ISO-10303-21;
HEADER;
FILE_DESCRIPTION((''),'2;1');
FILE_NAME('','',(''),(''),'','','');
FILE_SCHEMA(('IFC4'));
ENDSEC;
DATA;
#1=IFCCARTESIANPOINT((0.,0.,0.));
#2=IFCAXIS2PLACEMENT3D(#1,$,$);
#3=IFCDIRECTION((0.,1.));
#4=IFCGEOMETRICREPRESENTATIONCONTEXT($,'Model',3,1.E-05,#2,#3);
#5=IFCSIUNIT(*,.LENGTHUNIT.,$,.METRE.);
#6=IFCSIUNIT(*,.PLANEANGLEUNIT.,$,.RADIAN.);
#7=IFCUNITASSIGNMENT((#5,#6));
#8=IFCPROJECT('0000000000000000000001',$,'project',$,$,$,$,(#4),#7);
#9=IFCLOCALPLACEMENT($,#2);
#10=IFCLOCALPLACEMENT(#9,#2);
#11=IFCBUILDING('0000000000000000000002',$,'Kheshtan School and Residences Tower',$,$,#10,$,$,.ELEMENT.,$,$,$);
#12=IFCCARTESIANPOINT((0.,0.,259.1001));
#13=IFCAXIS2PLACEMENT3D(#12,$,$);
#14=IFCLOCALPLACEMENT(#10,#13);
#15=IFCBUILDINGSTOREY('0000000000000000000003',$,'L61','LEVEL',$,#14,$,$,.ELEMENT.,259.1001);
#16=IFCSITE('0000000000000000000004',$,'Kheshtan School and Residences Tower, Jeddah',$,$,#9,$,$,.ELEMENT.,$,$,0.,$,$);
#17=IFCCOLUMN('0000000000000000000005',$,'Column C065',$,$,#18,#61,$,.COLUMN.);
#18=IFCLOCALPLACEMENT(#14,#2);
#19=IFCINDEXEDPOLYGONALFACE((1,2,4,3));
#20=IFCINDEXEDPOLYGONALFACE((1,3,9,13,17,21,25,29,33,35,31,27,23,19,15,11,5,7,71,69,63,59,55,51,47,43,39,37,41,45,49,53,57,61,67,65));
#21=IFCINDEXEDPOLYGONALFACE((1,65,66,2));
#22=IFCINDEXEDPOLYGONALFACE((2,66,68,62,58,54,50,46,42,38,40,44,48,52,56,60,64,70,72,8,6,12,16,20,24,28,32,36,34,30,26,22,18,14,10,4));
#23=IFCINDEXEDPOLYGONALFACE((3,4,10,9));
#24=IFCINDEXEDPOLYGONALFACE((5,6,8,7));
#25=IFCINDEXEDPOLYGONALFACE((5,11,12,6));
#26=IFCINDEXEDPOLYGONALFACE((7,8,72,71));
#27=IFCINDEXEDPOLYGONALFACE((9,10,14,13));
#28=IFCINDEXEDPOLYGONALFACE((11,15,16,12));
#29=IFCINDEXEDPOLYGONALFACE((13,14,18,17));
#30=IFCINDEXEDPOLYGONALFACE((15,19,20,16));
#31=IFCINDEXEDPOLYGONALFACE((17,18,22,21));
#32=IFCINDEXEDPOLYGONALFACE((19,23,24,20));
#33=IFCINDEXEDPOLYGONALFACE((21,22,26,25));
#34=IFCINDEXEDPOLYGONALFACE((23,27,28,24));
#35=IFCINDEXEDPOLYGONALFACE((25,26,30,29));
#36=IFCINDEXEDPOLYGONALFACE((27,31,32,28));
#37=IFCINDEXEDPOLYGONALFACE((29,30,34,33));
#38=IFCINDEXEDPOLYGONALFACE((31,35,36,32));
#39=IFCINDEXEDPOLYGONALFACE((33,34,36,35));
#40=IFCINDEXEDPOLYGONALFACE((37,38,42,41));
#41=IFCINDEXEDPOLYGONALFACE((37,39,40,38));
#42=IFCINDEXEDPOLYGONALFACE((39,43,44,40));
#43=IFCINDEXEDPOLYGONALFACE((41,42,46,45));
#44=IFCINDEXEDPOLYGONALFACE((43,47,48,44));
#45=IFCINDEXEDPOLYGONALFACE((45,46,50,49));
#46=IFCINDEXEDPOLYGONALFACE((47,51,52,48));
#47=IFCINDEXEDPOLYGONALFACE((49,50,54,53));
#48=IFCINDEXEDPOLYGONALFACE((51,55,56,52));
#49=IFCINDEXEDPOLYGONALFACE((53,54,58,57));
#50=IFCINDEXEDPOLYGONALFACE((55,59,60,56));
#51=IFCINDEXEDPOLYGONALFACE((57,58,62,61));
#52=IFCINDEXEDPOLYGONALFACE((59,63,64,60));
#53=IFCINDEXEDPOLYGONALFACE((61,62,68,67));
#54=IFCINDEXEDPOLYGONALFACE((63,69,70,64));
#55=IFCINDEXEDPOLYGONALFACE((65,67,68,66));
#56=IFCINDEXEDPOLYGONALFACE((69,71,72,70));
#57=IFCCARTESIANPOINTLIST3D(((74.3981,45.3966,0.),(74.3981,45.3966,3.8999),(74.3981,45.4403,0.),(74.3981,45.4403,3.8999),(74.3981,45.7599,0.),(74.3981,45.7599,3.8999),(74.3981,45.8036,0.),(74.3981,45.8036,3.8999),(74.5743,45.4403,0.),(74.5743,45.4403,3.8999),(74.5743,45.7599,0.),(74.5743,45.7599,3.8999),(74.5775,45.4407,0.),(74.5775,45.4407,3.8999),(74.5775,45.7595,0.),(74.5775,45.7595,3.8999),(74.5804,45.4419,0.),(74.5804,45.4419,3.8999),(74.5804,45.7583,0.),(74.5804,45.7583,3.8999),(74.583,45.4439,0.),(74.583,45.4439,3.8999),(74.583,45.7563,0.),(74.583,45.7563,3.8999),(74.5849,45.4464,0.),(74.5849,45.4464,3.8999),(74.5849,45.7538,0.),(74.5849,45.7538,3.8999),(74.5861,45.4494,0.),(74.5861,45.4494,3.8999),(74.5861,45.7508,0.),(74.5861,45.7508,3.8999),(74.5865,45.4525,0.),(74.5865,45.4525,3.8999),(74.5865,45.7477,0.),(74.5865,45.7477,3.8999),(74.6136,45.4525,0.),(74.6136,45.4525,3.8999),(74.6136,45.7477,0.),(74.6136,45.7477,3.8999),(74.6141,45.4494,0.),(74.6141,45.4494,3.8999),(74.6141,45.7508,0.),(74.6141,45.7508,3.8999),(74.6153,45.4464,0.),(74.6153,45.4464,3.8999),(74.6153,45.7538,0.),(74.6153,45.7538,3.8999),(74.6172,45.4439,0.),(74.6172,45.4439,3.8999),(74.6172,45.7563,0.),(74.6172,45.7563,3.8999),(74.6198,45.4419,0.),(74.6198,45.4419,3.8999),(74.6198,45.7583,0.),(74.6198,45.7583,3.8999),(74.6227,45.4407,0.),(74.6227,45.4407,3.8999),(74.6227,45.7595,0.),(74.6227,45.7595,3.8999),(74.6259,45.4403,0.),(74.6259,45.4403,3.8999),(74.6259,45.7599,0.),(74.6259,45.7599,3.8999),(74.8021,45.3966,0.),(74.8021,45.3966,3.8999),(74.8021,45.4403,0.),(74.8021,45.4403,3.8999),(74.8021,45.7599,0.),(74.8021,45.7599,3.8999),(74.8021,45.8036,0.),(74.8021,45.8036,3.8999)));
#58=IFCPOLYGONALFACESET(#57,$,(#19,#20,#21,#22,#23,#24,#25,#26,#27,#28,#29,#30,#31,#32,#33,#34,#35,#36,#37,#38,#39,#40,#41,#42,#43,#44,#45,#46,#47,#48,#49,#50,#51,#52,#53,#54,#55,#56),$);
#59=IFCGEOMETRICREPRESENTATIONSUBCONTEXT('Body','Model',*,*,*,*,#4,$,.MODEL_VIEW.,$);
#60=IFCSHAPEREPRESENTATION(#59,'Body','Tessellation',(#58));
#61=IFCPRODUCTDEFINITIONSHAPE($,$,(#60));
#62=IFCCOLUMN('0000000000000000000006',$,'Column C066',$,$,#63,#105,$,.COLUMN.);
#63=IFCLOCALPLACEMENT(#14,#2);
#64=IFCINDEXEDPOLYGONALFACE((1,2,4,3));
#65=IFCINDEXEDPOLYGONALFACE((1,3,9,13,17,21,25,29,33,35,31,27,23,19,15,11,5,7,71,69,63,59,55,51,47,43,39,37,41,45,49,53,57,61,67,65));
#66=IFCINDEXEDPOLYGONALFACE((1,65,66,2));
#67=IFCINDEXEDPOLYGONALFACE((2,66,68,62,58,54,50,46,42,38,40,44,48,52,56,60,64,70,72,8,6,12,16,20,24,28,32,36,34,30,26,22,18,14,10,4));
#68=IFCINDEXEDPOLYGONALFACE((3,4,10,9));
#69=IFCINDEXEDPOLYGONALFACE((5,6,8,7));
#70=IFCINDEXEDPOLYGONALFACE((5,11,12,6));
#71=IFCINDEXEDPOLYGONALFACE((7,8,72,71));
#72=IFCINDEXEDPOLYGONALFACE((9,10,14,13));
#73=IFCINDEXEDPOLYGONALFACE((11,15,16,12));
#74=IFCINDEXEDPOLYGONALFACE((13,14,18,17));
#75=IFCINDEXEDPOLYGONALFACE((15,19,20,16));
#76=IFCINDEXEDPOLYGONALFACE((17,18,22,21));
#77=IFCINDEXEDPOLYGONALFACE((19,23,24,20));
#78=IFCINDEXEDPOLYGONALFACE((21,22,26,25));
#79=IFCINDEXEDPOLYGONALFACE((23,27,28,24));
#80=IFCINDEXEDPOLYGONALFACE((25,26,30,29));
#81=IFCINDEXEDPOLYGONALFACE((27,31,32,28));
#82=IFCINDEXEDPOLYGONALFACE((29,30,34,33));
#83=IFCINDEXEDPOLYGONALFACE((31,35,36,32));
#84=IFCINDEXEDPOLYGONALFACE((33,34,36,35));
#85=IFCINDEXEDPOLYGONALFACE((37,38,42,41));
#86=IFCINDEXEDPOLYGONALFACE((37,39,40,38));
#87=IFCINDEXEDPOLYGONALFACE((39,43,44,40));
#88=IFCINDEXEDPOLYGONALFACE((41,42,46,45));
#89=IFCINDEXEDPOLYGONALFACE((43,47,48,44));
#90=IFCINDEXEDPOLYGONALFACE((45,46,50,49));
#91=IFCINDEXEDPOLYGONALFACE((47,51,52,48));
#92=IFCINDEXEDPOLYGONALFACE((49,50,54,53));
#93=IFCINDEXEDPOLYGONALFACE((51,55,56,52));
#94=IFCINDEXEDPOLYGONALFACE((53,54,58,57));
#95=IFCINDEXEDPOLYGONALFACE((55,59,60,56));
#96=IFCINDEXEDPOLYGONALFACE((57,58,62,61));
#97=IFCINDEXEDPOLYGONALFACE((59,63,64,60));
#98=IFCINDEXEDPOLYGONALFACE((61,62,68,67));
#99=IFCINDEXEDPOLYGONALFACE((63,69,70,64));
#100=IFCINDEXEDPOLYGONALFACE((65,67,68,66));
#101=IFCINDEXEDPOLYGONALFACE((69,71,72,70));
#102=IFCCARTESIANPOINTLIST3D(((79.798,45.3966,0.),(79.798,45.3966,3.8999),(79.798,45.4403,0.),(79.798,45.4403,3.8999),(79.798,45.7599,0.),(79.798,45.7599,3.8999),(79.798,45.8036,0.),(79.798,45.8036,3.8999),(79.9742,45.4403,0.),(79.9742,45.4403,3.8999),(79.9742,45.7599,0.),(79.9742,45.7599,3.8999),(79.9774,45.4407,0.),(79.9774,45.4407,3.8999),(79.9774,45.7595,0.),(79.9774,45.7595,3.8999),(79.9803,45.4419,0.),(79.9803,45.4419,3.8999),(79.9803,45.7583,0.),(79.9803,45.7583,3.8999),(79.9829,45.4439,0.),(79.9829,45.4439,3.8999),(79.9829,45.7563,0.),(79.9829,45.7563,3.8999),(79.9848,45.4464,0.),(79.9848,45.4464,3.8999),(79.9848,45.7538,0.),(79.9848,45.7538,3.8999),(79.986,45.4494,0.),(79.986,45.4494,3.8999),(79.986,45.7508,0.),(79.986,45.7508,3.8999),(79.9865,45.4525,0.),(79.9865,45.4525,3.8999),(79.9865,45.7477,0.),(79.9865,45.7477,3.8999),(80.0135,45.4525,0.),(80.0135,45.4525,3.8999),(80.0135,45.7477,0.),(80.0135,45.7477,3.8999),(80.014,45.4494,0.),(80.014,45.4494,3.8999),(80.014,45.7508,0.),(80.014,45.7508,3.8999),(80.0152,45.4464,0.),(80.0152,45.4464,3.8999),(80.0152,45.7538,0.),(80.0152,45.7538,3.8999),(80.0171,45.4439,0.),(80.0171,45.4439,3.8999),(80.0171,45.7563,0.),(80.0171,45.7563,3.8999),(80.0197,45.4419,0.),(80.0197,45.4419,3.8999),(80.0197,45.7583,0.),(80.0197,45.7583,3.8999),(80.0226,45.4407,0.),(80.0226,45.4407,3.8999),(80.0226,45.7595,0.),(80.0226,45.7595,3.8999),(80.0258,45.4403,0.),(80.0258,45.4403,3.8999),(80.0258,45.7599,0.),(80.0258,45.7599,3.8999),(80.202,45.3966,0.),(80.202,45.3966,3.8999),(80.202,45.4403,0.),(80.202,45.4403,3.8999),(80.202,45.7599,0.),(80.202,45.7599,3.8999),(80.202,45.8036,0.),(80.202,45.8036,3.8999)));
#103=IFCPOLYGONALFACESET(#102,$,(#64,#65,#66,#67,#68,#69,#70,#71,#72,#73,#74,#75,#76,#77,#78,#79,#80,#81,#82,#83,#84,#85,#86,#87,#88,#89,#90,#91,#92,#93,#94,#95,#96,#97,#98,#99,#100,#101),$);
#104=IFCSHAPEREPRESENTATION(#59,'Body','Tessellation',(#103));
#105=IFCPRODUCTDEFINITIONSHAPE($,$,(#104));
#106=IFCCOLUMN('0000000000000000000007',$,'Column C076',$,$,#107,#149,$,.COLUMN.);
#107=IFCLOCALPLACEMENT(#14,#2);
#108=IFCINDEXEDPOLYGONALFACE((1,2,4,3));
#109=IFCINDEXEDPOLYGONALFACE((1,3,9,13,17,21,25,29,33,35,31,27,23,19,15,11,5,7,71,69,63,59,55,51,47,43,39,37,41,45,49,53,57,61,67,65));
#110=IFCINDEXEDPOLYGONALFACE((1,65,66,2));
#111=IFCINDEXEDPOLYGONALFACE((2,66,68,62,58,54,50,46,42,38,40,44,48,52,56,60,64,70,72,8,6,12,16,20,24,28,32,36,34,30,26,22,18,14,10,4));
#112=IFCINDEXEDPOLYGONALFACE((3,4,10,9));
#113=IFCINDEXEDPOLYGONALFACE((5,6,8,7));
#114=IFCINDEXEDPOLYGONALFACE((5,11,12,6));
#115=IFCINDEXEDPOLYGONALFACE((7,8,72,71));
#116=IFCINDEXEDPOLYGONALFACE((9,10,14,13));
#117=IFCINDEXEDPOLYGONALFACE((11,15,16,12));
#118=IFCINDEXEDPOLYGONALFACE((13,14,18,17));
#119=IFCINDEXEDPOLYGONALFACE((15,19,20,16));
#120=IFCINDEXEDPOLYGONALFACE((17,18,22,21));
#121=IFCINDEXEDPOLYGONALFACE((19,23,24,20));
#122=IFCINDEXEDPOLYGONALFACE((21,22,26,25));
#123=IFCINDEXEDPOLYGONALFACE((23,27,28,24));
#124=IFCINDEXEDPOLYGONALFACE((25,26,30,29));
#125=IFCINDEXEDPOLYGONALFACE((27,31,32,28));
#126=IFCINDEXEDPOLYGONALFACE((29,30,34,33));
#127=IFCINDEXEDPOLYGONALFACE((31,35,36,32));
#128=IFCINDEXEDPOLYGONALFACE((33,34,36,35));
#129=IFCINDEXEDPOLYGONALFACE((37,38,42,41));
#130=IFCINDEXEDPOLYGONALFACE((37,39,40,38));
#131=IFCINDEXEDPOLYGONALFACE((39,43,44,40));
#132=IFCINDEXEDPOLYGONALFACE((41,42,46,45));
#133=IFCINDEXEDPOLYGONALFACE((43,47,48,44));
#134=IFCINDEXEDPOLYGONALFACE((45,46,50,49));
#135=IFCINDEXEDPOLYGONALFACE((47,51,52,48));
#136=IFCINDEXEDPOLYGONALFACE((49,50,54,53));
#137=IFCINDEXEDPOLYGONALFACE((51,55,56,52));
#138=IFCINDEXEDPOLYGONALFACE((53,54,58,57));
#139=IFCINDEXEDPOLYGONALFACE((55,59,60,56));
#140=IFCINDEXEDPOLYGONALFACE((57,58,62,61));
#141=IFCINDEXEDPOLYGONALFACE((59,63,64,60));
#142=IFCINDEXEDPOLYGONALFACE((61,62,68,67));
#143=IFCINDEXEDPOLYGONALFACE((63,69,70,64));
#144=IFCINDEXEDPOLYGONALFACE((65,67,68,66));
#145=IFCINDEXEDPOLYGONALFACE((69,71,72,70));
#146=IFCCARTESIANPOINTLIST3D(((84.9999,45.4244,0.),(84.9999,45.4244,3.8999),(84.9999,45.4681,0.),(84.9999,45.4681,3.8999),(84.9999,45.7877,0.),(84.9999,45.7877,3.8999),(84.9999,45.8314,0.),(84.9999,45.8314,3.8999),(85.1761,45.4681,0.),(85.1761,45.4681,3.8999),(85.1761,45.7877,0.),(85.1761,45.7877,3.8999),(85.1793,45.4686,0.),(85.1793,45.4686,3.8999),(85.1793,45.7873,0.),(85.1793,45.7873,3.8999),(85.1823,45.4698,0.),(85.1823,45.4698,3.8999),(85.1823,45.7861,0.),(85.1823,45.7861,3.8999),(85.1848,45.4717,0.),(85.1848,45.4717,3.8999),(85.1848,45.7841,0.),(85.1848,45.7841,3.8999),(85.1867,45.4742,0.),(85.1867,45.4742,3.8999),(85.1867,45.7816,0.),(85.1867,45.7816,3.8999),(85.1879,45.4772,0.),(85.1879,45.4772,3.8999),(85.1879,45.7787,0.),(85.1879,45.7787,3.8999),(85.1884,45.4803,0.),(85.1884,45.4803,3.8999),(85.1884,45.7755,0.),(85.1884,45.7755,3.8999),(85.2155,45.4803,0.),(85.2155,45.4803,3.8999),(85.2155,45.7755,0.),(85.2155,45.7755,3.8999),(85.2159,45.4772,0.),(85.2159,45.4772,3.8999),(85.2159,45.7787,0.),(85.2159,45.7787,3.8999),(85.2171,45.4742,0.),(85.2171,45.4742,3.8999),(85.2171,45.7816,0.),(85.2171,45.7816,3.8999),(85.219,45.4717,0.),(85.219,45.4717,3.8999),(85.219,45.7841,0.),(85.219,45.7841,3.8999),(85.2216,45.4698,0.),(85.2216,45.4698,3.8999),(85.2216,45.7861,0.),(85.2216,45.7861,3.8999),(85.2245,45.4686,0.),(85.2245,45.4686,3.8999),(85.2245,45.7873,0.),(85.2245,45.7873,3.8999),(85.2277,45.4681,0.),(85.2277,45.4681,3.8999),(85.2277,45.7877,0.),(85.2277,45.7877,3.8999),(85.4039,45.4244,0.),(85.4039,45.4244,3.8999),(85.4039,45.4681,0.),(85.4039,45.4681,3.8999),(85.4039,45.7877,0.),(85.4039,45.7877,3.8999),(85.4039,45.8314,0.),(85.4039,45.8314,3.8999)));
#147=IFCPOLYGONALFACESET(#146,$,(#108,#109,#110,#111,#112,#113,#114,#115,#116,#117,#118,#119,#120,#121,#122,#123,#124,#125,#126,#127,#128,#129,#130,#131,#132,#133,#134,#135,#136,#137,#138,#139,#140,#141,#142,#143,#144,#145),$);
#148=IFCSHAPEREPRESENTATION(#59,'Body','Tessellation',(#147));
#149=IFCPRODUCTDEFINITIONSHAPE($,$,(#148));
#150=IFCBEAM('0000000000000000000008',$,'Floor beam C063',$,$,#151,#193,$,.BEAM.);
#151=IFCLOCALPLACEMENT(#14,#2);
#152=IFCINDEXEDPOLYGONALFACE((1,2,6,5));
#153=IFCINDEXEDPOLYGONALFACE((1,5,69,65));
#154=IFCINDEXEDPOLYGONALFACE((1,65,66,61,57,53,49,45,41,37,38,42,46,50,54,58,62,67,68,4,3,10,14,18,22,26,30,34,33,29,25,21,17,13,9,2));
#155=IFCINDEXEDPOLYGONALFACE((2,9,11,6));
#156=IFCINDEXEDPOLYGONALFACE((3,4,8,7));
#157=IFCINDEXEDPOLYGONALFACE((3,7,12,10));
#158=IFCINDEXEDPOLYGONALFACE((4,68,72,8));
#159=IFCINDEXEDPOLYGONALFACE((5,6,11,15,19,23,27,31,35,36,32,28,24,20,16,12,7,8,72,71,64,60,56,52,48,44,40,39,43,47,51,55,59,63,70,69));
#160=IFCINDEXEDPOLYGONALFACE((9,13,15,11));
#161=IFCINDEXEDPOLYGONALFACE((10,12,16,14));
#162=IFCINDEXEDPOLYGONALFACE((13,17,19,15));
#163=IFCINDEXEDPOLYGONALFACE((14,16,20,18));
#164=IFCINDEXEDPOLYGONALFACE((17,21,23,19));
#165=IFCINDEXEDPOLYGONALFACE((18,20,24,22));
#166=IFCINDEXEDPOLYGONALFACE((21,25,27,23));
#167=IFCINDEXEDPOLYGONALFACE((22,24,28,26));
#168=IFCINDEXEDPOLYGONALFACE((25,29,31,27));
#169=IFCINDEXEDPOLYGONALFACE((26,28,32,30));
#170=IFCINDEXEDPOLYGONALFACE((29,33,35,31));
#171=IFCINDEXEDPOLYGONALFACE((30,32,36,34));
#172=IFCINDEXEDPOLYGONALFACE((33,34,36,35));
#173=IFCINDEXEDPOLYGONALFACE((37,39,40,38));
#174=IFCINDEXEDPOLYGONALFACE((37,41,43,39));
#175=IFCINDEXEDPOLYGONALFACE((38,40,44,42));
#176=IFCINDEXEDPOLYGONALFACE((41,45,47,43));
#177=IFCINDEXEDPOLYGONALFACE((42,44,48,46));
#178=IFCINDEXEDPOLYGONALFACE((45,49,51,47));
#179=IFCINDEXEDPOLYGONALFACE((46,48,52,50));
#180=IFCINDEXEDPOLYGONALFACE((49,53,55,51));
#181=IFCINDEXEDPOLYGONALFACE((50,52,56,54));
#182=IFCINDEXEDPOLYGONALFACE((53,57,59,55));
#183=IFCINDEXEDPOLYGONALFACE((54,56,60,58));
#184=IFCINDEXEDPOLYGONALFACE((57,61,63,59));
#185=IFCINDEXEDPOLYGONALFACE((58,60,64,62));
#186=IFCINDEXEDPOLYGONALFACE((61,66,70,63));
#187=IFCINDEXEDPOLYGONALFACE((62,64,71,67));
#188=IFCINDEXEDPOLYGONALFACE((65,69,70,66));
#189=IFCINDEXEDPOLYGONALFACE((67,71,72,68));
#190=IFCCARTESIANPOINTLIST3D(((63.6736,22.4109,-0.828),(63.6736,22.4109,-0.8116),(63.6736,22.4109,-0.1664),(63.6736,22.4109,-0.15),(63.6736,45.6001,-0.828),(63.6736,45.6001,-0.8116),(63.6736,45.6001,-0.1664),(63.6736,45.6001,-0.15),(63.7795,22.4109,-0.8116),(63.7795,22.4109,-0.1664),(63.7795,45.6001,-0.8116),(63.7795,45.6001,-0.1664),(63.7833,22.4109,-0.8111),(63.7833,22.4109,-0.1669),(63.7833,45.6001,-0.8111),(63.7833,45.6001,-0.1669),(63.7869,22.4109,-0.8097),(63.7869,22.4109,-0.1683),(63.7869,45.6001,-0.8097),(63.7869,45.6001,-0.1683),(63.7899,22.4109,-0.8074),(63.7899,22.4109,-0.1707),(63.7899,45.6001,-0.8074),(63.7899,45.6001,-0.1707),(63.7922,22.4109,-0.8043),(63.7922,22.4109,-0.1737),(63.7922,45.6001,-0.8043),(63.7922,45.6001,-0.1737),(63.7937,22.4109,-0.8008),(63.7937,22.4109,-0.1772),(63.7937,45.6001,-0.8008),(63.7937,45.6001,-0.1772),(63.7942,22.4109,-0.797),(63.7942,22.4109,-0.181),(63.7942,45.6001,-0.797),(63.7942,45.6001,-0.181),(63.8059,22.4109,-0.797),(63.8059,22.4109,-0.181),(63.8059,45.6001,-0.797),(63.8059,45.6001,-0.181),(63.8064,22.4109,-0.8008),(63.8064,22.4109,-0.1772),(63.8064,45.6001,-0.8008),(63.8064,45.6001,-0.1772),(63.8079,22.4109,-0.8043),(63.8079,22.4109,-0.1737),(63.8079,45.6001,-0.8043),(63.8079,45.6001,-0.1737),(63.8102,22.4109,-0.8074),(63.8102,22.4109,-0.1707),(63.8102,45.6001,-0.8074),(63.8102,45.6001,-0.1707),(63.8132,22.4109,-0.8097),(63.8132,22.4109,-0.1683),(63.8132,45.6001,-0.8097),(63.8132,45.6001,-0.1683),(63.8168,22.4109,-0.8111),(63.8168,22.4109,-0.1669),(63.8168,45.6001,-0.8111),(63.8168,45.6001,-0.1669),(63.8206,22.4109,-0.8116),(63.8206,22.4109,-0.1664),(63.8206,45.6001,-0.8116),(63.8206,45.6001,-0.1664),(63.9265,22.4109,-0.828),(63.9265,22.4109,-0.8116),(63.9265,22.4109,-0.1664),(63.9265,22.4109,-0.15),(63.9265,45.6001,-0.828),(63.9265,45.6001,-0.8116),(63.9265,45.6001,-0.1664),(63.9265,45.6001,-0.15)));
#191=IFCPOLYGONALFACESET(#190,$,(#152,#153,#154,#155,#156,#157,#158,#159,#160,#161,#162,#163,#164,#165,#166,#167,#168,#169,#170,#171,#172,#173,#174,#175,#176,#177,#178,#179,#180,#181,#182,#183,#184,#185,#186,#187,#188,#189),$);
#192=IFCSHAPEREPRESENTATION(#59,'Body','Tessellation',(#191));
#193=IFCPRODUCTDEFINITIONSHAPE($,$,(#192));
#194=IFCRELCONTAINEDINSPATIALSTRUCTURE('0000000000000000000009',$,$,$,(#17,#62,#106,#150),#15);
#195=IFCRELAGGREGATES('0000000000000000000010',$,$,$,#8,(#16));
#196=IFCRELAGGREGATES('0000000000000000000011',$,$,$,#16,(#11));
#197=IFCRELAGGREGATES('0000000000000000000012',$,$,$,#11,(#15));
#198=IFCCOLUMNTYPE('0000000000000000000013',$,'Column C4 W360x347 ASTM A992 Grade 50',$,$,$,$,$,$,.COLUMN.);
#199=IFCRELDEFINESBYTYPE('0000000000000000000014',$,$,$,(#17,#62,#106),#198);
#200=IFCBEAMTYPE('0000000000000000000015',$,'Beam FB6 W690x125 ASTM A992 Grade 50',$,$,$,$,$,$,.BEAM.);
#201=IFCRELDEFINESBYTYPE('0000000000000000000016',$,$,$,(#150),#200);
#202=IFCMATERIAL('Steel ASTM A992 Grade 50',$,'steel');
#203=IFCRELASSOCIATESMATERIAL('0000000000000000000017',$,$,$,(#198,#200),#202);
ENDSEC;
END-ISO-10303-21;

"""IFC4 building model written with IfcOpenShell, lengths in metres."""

from ifc_helpers import new_model, si_unit, direction, frame, origin, origin_2d, place, context, subcontext, project, spatial, i_section, extrude, material, material_profile, profile_set, type_object, element, save


model = new_model("IFC4")

# Units and contexts
model_context = context("Model", 3, precision=1e-05, world=origin(), true_north=direction((0.0, 1.0)))
body_context = subcontext(model_context, "Body", "Model", "MODEL_VIEW")
ifc_project = project(units=[si_unit("LENGTHUNIT", "METRE"), si_unit("PLANEANGLEUNIT", "RADIAN")], contexts=[model_context])

# Site, building, storey
site_placement = place(None, origin())
site = spatial("IfcSite", under=ifc_project, at=site_placement, Name="Kheshtan School and Residences Tower, Jeddah", CompositionType="ELEMENT", RefElevation=0.0)
building_placement = place(site_placement, origin())
building = spatial("IfcBuilding", under=site, at=building_placement, Name="Kheshtan School and Residences Tower", CompositionType="ELEMENT")
storey_placement = place(building_placement, frame((0.0, 0.0, 259.1001)))
storey = spatial("IfcBuildingStorey", under=building, at=storey_placement, Name="L61", Description="LEVEL", CompositionType="ELEMENT", Elevation=259.1001)

# Columns
ifc_material_1 = material(Name="Steel ASTM A992 Grade 50", Category="steel")
ifc_material_profile_1 = material_profile(ifc_material_1, i_section(OverallWidth=0.4041, OverallDepth=0.407, WebThickness=0.0271, FlangeThickness=0.0437, FilletRadius=0.0122, at=origin_2d()), Name="W360x347")
ifc_profile_set_1 = profile_set([ifc_material_profile_1], Name="Steel ASTM A992 Grade 50")
column_type = type_object("IfcColumnType", Name="Column C4 W360x347 ASTM A992 Grade 50", PredefinedType="COLUMN", material=ifc_profile_set_1)
for number, where, z_axis, x_axis, name in (
    (1, (74.6001, 45.6001, 0.0), (0.0, 0.0, 1.0), (1.0, 0.0, 0.0), "Column C065"),
    (2, (80.0, 45.6001, 0.0), (0.0, 0.0, 1.0), (1.0, 0.0, 0.0), "Column C066"),
    (3, (85.2019, 45.6279, 0.0), (0.0, 0.0, 1.0), (1.0, 0.0, 0.0), "Column C076"),
):
    element("IfcColumn", number, at=place(storey_placement, frame(where, z_axis=z_axis, x_axis=x_axis)), inside=storey, type_object=column_type, Name=name, PredefinedType="COLUMN", context=body_context, shape_type="SweptSolid", body=[
        extrude(i_section(OverallWidth=0.4041, OverallDepth=0.407, WebThickness=0.0271, FlangeThickness=0.0437, FilletRadius=0.0122, at=origin_2d()), origin(), (0.0, 0.0, 1.0), 3.8999),
    ])

# Beam
ifc_material_profile_2 = material_profile(ifc_material_1, i_section(OverallWidth=0.2529, OverallDepth=0.678, WebThickness=0.0117, FlangeThickness=0.0164, FilletRadius=0.0146, at=origin_2d()), Name="W690x125")
ifc_profile_set_2 = profile_set([ifc_material_profile_2], Name="Steel ASTM A992 Grade 50")
beam_type_1 = type_object("IfcBeamType", Name="Beam FB6 W690x125 ASTM A992 Grade 50", PredefinedType="BEAM", material=ifc_profile_set_2)
beam_1_placement = place(storey_placement, frame((63.8, 45.6001, -0.489), z_axis=(0.0, -1.0, 0.0), x_axis=(1.0, 0.0, 0.0)))
element("IfcBeam", 4, at=beam_1_placement, inside=storey, type_object=beam_type_1, Name="Floor beam C063", PredefinedType="BEAM", context=body_context, shape_type="SweptSolid", body=[
    extrude(i_section(OverallWidth=0.2529, OverallDepth=0.678, WebThickness=0.0117, FlangeThickness=0.0164, FilletRadius=0.0146, at=origin_2d()), origin(), (0.0, 0.0, 1.0), 23.1892),
])

save(model, "model.ifc")
